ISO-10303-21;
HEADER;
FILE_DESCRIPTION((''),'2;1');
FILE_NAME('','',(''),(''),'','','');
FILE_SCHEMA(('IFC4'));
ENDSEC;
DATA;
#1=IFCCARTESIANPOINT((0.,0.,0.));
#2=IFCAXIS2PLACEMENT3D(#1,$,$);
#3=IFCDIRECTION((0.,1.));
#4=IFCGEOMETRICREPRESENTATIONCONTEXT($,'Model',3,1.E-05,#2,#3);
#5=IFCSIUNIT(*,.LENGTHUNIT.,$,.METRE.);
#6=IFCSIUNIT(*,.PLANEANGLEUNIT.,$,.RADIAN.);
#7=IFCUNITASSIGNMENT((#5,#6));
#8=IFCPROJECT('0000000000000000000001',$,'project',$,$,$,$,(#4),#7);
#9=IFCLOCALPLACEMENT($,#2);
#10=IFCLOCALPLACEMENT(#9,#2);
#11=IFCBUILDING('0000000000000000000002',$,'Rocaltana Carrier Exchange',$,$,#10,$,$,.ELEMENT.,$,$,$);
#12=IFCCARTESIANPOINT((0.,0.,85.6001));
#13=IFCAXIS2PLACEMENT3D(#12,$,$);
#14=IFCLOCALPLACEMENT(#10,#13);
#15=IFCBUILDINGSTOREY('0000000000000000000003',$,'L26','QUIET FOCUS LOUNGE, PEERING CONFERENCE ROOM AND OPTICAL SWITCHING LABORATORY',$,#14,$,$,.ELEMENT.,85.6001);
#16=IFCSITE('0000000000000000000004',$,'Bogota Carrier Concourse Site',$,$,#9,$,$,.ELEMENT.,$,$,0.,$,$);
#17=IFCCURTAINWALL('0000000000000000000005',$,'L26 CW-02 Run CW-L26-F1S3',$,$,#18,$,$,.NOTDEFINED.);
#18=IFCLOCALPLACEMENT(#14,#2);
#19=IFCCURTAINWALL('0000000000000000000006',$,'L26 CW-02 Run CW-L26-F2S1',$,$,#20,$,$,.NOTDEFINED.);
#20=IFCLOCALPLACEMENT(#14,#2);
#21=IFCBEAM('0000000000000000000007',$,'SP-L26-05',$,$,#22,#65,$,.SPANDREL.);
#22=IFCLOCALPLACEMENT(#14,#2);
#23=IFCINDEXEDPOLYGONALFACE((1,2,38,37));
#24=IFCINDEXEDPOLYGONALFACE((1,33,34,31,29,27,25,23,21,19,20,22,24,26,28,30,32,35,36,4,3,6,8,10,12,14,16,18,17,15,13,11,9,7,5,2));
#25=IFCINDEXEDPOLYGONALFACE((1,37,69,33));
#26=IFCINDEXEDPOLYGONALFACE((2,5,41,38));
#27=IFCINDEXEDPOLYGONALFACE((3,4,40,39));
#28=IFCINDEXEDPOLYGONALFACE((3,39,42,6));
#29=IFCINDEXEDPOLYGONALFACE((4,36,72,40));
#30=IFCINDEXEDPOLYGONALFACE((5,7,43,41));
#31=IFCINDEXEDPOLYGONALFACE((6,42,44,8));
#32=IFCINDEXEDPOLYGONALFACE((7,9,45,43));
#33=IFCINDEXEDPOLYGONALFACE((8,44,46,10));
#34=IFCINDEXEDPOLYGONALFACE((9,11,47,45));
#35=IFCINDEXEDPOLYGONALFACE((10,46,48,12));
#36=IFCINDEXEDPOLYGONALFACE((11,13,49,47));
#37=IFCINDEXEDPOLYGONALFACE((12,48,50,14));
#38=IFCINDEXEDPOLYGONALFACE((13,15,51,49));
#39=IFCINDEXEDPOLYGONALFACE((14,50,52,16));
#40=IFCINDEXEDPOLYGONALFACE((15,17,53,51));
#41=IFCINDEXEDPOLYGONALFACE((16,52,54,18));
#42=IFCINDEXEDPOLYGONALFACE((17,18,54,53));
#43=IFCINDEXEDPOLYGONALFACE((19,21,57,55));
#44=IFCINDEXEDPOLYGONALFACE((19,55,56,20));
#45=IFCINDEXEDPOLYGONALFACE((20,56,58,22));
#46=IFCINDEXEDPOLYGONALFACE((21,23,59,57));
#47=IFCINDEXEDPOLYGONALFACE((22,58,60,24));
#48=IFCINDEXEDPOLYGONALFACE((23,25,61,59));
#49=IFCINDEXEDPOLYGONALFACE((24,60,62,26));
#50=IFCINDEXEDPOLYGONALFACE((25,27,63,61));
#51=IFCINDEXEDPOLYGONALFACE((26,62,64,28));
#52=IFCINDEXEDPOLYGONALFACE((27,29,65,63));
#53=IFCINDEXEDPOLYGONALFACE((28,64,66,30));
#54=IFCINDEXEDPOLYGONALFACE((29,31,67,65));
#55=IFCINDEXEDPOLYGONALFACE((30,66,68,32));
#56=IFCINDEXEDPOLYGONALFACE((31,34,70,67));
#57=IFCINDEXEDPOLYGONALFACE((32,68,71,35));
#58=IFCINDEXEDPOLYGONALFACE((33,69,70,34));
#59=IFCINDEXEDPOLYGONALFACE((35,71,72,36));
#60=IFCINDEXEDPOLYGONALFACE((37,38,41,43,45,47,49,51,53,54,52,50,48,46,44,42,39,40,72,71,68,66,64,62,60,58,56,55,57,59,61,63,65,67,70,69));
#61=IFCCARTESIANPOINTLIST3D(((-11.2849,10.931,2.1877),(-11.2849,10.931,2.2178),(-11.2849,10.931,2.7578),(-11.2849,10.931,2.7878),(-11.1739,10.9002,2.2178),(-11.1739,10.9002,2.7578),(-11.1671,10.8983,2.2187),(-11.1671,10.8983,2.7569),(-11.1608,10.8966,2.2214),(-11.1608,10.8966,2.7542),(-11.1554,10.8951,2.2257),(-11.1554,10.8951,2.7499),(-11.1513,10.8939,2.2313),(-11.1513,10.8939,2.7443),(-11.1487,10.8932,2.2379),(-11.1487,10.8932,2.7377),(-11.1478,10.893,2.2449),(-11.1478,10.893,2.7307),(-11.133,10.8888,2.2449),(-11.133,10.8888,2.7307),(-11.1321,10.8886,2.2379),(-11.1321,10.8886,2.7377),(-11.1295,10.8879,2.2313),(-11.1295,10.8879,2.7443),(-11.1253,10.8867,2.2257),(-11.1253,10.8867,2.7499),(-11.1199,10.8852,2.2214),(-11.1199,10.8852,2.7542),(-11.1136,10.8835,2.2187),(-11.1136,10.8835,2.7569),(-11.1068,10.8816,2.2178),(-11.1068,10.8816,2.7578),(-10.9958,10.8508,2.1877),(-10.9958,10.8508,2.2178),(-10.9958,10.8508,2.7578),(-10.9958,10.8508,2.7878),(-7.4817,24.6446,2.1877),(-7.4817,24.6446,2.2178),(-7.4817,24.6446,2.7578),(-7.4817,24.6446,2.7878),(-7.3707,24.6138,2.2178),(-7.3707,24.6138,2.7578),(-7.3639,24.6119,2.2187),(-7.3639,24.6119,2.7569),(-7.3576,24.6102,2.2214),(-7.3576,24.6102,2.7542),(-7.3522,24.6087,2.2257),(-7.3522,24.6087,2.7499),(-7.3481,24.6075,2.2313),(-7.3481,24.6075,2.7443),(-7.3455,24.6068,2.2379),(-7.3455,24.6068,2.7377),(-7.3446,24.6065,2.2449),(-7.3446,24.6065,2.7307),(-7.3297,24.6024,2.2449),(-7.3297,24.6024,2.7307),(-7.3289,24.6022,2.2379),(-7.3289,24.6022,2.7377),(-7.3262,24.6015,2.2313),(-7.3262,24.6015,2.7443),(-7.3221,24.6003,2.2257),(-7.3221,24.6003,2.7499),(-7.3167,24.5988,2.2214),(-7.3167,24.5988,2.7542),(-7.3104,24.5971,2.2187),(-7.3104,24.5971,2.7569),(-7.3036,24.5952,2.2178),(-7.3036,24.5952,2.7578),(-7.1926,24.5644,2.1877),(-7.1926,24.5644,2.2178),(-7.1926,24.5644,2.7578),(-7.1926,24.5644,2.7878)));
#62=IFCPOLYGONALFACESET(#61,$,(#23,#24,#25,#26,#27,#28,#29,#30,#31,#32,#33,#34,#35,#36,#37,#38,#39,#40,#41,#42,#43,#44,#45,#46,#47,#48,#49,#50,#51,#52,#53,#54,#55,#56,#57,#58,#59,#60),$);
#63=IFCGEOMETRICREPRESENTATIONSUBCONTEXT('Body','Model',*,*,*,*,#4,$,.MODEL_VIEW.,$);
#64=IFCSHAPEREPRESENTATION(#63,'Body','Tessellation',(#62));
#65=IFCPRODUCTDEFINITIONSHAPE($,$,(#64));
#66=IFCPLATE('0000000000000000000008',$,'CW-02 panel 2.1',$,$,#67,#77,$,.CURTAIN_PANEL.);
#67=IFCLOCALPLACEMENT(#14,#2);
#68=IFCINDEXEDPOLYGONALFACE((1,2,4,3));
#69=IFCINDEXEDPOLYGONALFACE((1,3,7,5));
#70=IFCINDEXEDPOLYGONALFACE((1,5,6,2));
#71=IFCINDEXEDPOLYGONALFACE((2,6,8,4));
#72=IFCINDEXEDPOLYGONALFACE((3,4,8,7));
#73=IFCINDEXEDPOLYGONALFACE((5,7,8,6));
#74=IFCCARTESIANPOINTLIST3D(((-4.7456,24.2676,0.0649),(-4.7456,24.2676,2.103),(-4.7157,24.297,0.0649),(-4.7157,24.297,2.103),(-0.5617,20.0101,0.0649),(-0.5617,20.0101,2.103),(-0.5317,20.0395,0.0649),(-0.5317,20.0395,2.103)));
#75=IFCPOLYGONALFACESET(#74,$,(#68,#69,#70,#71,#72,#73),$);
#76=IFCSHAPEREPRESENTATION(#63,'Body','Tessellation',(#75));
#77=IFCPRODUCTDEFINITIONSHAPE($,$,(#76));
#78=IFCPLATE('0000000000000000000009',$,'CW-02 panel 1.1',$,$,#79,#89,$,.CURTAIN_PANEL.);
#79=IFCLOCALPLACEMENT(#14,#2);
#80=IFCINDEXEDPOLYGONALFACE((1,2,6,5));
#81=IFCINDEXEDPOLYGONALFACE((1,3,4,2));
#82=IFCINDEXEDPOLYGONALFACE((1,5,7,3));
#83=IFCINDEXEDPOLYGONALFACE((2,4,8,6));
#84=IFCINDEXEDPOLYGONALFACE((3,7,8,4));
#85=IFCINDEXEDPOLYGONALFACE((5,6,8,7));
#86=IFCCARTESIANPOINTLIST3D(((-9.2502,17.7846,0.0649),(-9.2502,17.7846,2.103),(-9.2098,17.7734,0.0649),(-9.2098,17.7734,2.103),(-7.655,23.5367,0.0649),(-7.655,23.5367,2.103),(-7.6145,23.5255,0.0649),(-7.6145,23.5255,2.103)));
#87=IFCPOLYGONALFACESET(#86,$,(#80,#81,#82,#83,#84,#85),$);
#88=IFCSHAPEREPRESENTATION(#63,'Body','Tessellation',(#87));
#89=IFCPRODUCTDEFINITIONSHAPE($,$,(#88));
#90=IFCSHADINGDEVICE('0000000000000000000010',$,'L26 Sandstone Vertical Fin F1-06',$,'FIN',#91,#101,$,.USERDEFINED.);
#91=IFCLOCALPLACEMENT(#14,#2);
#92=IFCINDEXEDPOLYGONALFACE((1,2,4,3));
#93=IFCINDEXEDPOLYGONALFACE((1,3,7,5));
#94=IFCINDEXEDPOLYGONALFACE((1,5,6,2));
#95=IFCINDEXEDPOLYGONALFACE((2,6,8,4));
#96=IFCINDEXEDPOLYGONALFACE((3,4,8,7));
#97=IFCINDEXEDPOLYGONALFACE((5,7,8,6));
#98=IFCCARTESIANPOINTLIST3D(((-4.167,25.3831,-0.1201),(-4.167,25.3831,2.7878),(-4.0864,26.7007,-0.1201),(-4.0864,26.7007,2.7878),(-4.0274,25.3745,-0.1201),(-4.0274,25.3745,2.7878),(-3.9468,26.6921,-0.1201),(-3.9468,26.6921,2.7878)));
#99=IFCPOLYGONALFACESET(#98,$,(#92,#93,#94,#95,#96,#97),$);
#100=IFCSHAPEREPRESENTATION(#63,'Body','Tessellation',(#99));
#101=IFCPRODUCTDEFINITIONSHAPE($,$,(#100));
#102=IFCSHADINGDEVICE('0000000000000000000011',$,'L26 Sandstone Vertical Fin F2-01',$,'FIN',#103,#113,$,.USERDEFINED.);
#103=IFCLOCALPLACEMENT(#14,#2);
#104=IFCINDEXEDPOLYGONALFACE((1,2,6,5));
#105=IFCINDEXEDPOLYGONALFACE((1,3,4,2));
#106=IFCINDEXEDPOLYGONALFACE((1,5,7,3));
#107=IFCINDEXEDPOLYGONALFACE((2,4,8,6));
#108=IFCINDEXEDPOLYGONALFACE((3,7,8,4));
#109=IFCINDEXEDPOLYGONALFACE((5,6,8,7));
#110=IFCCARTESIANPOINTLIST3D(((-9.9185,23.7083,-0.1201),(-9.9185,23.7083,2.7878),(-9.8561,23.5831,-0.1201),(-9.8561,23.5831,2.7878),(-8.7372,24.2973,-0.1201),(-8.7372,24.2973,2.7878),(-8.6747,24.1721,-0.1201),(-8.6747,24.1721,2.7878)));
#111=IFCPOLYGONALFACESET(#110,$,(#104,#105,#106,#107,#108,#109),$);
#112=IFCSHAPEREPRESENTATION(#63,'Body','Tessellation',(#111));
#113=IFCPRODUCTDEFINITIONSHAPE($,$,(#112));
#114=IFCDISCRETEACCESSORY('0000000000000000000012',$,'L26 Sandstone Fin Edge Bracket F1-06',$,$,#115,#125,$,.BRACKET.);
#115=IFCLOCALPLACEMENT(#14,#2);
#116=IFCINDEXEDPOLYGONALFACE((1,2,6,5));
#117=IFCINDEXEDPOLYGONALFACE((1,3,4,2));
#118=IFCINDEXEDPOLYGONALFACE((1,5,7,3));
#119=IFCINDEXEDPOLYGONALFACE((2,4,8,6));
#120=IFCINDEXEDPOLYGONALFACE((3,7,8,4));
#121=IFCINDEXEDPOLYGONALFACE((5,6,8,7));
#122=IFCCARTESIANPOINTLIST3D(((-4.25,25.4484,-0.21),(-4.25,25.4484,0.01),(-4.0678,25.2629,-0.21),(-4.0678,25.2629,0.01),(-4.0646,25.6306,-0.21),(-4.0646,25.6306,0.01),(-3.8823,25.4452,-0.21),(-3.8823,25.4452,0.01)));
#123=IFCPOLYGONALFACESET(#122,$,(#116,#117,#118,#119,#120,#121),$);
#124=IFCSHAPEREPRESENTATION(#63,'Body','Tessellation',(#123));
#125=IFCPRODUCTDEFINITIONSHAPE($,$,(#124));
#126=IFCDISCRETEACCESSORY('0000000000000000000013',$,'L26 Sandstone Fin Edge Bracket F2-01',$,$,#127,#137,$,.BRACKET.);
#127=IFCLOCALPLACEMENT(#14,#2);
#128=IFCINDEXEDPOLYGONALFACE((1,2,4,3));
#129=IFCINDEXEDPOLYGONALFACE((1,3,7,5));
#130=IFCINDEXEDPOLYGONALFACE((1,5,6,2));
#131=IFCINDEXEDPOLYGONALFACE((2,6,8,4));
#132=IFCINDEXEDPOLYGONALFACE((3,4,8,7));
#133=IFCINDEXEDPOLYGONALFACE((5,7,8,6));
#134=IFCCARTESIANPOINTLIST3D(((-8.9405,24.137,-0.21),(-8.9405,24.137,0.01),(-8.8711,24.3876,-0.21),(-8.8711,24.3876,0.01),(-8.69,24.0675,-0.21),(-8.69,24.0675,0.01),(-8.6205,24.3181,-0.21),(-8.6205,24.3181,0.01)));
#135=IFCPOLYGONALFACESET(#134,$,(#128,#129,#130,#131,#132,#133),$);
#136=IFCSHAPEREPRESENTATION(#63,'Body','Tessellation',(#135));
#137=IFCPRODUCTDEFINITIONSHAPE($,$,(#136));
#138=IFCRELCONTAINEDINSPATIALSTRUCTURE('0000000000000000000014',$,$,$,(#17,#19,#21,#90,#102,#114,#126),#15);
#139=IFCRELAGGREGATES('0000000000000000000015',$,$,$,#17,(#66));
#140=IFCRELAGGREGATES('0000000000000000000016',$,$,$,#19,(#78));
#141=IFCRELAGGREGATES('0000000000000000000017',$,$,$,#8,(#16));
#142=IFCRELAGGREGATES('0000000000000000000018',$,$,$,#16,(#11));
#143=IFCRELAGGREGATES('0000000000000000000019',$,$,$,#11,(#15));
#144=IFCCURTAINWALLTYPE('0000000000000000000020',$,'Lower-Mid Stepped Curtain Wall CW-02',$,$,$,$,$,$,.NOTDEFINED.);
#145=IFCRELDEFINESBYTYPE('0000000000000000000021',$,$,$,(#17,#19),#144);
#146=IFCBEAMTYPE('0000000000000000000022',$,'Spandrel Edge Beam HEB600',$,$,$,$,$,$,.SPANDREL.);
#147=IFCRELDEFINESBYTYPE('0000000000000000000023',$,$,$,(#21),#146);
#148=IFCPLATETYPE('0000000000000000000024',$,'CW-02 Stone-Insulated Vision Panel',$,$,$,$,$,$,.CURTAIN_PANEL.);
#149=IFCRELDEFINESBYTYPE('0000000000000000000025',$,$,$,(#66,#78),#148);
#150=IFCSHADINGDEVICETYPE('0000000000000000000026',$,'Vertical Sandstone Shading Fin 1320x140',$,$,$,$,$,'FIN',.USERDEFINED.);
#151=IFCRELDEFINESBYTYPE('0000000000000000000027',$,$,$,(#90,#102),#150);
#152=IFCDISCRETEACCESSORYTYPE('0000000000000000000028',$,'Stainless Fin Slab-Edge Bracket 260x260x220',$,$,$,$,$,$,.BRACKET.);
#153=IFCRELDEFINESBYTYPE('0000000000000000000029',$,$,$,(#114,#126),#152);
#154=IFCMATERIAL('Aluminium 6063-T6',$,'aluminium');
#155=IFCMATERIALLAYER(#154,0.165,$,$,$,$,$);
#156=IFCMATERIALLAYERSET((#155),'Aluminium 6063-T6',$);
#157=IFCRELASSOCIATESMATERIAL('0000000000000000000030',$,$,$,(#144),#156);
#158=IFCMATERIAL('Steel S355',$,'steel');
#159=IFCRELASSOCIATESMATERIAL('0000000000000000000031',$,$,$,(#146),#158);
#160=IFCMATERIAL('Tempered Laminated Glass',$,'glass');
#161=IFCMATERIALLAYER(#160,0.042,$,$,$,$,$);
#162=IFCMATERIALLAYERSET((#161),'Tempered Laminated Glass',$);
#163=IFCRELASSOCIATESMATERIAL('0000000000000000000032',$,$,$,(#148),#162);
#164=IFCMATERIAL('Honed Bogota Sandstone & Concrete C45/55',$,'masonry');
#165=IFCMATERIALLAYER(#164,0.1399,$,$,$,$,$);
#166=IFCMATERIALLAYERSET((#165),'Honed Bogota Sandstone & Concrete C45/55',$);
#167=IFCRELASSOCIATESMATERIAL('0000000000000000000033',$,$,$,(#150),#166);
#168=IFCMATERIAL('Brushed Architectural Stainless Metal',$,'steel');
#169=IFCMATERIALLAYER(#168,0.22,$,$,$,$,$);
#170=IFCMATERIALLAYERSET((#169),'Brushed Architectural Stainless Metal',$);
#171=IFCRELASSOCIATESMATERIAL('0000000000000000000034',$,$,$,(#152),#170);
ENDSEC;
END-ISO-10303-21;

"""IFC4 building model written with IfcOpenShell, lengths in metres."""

from ifc_helpers import new_model, si_unit, direction, frame, origin, origin_2d, place, context, subcontext, project, spatial, rectangle, i_section, extrude, material, layer, layer_set, material_profile, profile_set, type_object, element, aggregate, save


model = new_model("IFC4")

# Units and contexts
model_context = context("Model", 3, precision=1e-05, world=origin(), true_north=direction((0.0, 1.0)))
body_context = subcontext(model_context, "Body", "Model", "MODEL_VIEW")
ifc_project = project(units=[si_unit("LENGTHUNIT", "METRE"), si_unit("PLANEANGLEUNIT", "RADIAN")], contexts=[model_context])

# Site, building, storey
site_placement = place(None, origin())
site = spatial("IfcSite", under=ifc_project, at=site_placement, Name="Bogota Carrier Concourse Site", CompositionType="ELEMENT", RefElevation=0.0)
building_placement = place(site_placement, origin())
building = spatial("IfcBuilding", under=site, at=building_placement, Name="Rocaltana Carrier Exchange", CompositionType="ELEMENT")
storey_placement = place(building_placement, frame((0.0, 0.0, 85.6001)))
storey = spatial("IfcBuildingStorey", under=building, at=storey_placement, Name="L26", Description="QUIET FOCUS LOUNGE, PEERING CONFERENCE ROOM AND OPTICAL SWITCHING LABORATORY", CompositionType="ELEMENT", Elevation=85.6001)

# Curtain wall
ifc_material_1 = material(Name="Aluminium 6063-T6", Category="aluminium")
ifc_layer_1 = layer(ifc_material_1, 0.165)
ifc_layer_set_1 = layer_set([ifc_layer_1], Name="Aluminium 6063-T6")
curtain_wall_type = type_object("IfcCurtainWallType", Name="Lower-Mid Stepped Curtain Wall CW-02", PredefinedType="NOTDEFINED", material=ifc_layer_set_1)
curtain_wall_1_placement = place(storey_placement, origin())
curtain_wall_1 = element("IfcCurtainWall", 1, at=curtain_wall_1_placement, inside=storey, type_object=curtain_wall_type, Name="L26 CW-02 Run CW-L26-F1S3", PredefinedType="NOTDEFINED")

# Curtain wall
curtain_wall_2_placement = place(storey_placement, origin())
curtain_wall_2 = element("IfcCurtainWall", 2, at=curtain_wall_2_placement, inside=storey, type_object=curtain_wall_type, Name="L26 CW-02 Run CW-L26-F2S1", PredefinedType="NOTDEFINED")

# Beam
ifc_material_2 = material(Name="Steel S355", Category="steel")
ifc_material_profile_1 = material_profile(ifc_material_2, i_section(OverallWidth=0.3, OverallDepth=0.6001, WebThickness=0.0154, FlangeThickness=0.03, FilletRadius=0.0271, at=origin_2d()), Name="HEB600")
ifc_profile_set_1 = profile_set([ifc_material_profile_1], Name="Steel S355")
beam_type_1 = type_object("IfcBeamType", Name="Spandrel Edge Beam HEB600", PredefinedType="SPANDREL", material=ifc_profile_set_1)
beam_1_placement = place(storey_placement, frame((-7.3372, 24.6045, 2.4878), z_axis=(-0.267245, -0.963629, 0.0), x_axis=(0.963629, -0.267245, 0.0)))
element("IfcBeam", 3, at=beam_1_placement, inside=storey, type_object=beam_type_1, Name="SP-L26-05", PredefinedType="SPANDREL", context=body_context, shape_type="SweptSolid", body=[
    extrude(i_section(OverallWidth=0.3, OverallDepth=0.6001, WebThickness=0.0154, FlangeThickness=0.03, FilletRadius=0.0271, at=origin_2d()), origin(), (0.0, 0.0, 1.0), 14.2312),
])

# Plates
ifc_material_3 = material(Name="Tempered Laminated Glass", Category="glass")
ifc_layer_2 = layer(ifc_material_3, 0.042)
ifc_layer_set_2 = layer_set([ifc_layer_2], Name="Tempered Laminated Glass")
plate_type = type_object("IfcPlateType", Name="CW-02 Stone-Insulated Vision Panel", PredefinedType="CURTAIN_PANEL", material=ifc_layer_set_2)
plate_1_placement = place(storey_placement, frame((-2.6387, 22.1536, 0.0649), z_axis=(0.0, 0.0, 1.0), x_axis=(-0.700915, 0.713245, 0.0)))
plate_1 = element("IfcPlate", 4, at=plate_1_placement, type_object=plate_type, Name="CW-02 panel 2.1", PredefinedType="CURTAIN_PANEL", context=body_context, shape_type="SweptSolid", body=[
    extrude(rectangle(XDim=5.9692, YDim=0.042, at=origin_2d()), origin(), (0.0, 0.0, 1.0), 2.0381),
])
aggregate(curtain_wall_1, [plate_1])
plate_2_placement = place(storey_placement, frame((-8.4324, 20.655, 0.0649), z_axis=(0.0, 0.0, 1.0), x_axis=(-0.267246, -0.963628, 0.0)))
plate_2 = element("IfcPlate", 5, at=plate_2_placement, type_object=plate_type, Name="CW-02 panel 1.1", PredefinedType="CURTAIN_PANEL", context=body_context, shape_type="SweptSolid", body=[
    extrude(rectangle(XDim=5.9692, YDim=0.042, at=origin_2d()), origin(), (0.0, 0.0, 1.0), 2.0381),
])
aggregate(curtain_wall_2, [plate_2])

# Shading devices
ifc_material_4 = material(Name="Honed Bogota Sandstone & Concrete C45/55", Category="masonry")
ifc_layer_3 = layer(ifc_material_4, 0.1399)
ifc_layer_set_3 = layer_set([ifc_layer_3], Name="Honed Bogota Sandstone & Concrete C45/55")
shading_device_type = type_object("IfcShadingDeviceType", Name="Vertical Sandstone Shading Fin 1320x140", ElementType="FIN", PredefinedType="USERDEFINED", material=ifc_layer_set_3)
for number, where, z_axis, x_axis, name in (
    (6, (-4.0569, 26.0376, -0.1201), (0.0, 0.0, 1.0), (0.061049, 0.998135, 0.0), "L26 Sandstone Vertical Fin F1-06"),
    (7, (-9.2966, 23.9402, -0.1201), (0.0, 0.0, 1.0), (-0.894934, -0.446198, 0.0), "L26 Sandstone Vertical Fin F2-01"),
):
    element("IfcShadingDevice", number, at=place(storey_placement, frame(where, z_axis=z_axis, x_axis=x_axis)), inside=storey, type_object=shading_device_type, Name=name, ObjectType="FIN", PredefinedType="USERDEFINED", context=body_context, shape_type="SweptSolid", body=[
        extrude(rectangle(XDim=1.3201, YDim=0.1399, at=origin_2d()), origin(), (0.0, 0.0, 1.0), 2.908),
    ])

# Discrete accessories
ifc_material_5 = material(Name="Brushed Architectural Stainless Metal", Category="steel")
ifc_layer_4 = layer(ifc_material_5, 0.22)
ifc_layer_set_4 = layer_set([ifc_layer_4], Name="Brushed Architectural Stainless Metal")
discrete_accessory_type = type_object("IfcDiscreteAccessoryType", Name="Stainless Fin Slab-Edge Bracket 260x260x220", PredefinedType="BRACKET", material=ifc_layer_set_4)
for number, where, z_axis, x_axis, name in (
    (8, (-4.0662, 25.4468, -0.21), (0.0, 0.0, 1.0), (-0.700909, 0.71325, 0.0), "L26 Sandstone Fin Edge Bracket F1-06"),
    (9, (-8.7805, 24.2275, -0.21), (0.0, 0.0, 1.0), (-0.267238, -0.96363, 0.0), "L26 Sandstone Fin Edge Bracket F2-01"),
):
    element("IfcDiscreteAccessory", number, at=place(storey_placement, frame(where, z_axis=z_axis, x_axis=x_axis)), inside=storey, type_object=discrete_accessory_type, Name=name, PredefinedType="BRACKET", context=body_context, shape_type="SweptSolid", body=[
        extrude(rectangle(XDim=0.26, YDim=0.26, at=origin_2d()), origin(), (0.0, 0.0, 1.0), 0.22),
    ])

save(model, "model.ifc")
